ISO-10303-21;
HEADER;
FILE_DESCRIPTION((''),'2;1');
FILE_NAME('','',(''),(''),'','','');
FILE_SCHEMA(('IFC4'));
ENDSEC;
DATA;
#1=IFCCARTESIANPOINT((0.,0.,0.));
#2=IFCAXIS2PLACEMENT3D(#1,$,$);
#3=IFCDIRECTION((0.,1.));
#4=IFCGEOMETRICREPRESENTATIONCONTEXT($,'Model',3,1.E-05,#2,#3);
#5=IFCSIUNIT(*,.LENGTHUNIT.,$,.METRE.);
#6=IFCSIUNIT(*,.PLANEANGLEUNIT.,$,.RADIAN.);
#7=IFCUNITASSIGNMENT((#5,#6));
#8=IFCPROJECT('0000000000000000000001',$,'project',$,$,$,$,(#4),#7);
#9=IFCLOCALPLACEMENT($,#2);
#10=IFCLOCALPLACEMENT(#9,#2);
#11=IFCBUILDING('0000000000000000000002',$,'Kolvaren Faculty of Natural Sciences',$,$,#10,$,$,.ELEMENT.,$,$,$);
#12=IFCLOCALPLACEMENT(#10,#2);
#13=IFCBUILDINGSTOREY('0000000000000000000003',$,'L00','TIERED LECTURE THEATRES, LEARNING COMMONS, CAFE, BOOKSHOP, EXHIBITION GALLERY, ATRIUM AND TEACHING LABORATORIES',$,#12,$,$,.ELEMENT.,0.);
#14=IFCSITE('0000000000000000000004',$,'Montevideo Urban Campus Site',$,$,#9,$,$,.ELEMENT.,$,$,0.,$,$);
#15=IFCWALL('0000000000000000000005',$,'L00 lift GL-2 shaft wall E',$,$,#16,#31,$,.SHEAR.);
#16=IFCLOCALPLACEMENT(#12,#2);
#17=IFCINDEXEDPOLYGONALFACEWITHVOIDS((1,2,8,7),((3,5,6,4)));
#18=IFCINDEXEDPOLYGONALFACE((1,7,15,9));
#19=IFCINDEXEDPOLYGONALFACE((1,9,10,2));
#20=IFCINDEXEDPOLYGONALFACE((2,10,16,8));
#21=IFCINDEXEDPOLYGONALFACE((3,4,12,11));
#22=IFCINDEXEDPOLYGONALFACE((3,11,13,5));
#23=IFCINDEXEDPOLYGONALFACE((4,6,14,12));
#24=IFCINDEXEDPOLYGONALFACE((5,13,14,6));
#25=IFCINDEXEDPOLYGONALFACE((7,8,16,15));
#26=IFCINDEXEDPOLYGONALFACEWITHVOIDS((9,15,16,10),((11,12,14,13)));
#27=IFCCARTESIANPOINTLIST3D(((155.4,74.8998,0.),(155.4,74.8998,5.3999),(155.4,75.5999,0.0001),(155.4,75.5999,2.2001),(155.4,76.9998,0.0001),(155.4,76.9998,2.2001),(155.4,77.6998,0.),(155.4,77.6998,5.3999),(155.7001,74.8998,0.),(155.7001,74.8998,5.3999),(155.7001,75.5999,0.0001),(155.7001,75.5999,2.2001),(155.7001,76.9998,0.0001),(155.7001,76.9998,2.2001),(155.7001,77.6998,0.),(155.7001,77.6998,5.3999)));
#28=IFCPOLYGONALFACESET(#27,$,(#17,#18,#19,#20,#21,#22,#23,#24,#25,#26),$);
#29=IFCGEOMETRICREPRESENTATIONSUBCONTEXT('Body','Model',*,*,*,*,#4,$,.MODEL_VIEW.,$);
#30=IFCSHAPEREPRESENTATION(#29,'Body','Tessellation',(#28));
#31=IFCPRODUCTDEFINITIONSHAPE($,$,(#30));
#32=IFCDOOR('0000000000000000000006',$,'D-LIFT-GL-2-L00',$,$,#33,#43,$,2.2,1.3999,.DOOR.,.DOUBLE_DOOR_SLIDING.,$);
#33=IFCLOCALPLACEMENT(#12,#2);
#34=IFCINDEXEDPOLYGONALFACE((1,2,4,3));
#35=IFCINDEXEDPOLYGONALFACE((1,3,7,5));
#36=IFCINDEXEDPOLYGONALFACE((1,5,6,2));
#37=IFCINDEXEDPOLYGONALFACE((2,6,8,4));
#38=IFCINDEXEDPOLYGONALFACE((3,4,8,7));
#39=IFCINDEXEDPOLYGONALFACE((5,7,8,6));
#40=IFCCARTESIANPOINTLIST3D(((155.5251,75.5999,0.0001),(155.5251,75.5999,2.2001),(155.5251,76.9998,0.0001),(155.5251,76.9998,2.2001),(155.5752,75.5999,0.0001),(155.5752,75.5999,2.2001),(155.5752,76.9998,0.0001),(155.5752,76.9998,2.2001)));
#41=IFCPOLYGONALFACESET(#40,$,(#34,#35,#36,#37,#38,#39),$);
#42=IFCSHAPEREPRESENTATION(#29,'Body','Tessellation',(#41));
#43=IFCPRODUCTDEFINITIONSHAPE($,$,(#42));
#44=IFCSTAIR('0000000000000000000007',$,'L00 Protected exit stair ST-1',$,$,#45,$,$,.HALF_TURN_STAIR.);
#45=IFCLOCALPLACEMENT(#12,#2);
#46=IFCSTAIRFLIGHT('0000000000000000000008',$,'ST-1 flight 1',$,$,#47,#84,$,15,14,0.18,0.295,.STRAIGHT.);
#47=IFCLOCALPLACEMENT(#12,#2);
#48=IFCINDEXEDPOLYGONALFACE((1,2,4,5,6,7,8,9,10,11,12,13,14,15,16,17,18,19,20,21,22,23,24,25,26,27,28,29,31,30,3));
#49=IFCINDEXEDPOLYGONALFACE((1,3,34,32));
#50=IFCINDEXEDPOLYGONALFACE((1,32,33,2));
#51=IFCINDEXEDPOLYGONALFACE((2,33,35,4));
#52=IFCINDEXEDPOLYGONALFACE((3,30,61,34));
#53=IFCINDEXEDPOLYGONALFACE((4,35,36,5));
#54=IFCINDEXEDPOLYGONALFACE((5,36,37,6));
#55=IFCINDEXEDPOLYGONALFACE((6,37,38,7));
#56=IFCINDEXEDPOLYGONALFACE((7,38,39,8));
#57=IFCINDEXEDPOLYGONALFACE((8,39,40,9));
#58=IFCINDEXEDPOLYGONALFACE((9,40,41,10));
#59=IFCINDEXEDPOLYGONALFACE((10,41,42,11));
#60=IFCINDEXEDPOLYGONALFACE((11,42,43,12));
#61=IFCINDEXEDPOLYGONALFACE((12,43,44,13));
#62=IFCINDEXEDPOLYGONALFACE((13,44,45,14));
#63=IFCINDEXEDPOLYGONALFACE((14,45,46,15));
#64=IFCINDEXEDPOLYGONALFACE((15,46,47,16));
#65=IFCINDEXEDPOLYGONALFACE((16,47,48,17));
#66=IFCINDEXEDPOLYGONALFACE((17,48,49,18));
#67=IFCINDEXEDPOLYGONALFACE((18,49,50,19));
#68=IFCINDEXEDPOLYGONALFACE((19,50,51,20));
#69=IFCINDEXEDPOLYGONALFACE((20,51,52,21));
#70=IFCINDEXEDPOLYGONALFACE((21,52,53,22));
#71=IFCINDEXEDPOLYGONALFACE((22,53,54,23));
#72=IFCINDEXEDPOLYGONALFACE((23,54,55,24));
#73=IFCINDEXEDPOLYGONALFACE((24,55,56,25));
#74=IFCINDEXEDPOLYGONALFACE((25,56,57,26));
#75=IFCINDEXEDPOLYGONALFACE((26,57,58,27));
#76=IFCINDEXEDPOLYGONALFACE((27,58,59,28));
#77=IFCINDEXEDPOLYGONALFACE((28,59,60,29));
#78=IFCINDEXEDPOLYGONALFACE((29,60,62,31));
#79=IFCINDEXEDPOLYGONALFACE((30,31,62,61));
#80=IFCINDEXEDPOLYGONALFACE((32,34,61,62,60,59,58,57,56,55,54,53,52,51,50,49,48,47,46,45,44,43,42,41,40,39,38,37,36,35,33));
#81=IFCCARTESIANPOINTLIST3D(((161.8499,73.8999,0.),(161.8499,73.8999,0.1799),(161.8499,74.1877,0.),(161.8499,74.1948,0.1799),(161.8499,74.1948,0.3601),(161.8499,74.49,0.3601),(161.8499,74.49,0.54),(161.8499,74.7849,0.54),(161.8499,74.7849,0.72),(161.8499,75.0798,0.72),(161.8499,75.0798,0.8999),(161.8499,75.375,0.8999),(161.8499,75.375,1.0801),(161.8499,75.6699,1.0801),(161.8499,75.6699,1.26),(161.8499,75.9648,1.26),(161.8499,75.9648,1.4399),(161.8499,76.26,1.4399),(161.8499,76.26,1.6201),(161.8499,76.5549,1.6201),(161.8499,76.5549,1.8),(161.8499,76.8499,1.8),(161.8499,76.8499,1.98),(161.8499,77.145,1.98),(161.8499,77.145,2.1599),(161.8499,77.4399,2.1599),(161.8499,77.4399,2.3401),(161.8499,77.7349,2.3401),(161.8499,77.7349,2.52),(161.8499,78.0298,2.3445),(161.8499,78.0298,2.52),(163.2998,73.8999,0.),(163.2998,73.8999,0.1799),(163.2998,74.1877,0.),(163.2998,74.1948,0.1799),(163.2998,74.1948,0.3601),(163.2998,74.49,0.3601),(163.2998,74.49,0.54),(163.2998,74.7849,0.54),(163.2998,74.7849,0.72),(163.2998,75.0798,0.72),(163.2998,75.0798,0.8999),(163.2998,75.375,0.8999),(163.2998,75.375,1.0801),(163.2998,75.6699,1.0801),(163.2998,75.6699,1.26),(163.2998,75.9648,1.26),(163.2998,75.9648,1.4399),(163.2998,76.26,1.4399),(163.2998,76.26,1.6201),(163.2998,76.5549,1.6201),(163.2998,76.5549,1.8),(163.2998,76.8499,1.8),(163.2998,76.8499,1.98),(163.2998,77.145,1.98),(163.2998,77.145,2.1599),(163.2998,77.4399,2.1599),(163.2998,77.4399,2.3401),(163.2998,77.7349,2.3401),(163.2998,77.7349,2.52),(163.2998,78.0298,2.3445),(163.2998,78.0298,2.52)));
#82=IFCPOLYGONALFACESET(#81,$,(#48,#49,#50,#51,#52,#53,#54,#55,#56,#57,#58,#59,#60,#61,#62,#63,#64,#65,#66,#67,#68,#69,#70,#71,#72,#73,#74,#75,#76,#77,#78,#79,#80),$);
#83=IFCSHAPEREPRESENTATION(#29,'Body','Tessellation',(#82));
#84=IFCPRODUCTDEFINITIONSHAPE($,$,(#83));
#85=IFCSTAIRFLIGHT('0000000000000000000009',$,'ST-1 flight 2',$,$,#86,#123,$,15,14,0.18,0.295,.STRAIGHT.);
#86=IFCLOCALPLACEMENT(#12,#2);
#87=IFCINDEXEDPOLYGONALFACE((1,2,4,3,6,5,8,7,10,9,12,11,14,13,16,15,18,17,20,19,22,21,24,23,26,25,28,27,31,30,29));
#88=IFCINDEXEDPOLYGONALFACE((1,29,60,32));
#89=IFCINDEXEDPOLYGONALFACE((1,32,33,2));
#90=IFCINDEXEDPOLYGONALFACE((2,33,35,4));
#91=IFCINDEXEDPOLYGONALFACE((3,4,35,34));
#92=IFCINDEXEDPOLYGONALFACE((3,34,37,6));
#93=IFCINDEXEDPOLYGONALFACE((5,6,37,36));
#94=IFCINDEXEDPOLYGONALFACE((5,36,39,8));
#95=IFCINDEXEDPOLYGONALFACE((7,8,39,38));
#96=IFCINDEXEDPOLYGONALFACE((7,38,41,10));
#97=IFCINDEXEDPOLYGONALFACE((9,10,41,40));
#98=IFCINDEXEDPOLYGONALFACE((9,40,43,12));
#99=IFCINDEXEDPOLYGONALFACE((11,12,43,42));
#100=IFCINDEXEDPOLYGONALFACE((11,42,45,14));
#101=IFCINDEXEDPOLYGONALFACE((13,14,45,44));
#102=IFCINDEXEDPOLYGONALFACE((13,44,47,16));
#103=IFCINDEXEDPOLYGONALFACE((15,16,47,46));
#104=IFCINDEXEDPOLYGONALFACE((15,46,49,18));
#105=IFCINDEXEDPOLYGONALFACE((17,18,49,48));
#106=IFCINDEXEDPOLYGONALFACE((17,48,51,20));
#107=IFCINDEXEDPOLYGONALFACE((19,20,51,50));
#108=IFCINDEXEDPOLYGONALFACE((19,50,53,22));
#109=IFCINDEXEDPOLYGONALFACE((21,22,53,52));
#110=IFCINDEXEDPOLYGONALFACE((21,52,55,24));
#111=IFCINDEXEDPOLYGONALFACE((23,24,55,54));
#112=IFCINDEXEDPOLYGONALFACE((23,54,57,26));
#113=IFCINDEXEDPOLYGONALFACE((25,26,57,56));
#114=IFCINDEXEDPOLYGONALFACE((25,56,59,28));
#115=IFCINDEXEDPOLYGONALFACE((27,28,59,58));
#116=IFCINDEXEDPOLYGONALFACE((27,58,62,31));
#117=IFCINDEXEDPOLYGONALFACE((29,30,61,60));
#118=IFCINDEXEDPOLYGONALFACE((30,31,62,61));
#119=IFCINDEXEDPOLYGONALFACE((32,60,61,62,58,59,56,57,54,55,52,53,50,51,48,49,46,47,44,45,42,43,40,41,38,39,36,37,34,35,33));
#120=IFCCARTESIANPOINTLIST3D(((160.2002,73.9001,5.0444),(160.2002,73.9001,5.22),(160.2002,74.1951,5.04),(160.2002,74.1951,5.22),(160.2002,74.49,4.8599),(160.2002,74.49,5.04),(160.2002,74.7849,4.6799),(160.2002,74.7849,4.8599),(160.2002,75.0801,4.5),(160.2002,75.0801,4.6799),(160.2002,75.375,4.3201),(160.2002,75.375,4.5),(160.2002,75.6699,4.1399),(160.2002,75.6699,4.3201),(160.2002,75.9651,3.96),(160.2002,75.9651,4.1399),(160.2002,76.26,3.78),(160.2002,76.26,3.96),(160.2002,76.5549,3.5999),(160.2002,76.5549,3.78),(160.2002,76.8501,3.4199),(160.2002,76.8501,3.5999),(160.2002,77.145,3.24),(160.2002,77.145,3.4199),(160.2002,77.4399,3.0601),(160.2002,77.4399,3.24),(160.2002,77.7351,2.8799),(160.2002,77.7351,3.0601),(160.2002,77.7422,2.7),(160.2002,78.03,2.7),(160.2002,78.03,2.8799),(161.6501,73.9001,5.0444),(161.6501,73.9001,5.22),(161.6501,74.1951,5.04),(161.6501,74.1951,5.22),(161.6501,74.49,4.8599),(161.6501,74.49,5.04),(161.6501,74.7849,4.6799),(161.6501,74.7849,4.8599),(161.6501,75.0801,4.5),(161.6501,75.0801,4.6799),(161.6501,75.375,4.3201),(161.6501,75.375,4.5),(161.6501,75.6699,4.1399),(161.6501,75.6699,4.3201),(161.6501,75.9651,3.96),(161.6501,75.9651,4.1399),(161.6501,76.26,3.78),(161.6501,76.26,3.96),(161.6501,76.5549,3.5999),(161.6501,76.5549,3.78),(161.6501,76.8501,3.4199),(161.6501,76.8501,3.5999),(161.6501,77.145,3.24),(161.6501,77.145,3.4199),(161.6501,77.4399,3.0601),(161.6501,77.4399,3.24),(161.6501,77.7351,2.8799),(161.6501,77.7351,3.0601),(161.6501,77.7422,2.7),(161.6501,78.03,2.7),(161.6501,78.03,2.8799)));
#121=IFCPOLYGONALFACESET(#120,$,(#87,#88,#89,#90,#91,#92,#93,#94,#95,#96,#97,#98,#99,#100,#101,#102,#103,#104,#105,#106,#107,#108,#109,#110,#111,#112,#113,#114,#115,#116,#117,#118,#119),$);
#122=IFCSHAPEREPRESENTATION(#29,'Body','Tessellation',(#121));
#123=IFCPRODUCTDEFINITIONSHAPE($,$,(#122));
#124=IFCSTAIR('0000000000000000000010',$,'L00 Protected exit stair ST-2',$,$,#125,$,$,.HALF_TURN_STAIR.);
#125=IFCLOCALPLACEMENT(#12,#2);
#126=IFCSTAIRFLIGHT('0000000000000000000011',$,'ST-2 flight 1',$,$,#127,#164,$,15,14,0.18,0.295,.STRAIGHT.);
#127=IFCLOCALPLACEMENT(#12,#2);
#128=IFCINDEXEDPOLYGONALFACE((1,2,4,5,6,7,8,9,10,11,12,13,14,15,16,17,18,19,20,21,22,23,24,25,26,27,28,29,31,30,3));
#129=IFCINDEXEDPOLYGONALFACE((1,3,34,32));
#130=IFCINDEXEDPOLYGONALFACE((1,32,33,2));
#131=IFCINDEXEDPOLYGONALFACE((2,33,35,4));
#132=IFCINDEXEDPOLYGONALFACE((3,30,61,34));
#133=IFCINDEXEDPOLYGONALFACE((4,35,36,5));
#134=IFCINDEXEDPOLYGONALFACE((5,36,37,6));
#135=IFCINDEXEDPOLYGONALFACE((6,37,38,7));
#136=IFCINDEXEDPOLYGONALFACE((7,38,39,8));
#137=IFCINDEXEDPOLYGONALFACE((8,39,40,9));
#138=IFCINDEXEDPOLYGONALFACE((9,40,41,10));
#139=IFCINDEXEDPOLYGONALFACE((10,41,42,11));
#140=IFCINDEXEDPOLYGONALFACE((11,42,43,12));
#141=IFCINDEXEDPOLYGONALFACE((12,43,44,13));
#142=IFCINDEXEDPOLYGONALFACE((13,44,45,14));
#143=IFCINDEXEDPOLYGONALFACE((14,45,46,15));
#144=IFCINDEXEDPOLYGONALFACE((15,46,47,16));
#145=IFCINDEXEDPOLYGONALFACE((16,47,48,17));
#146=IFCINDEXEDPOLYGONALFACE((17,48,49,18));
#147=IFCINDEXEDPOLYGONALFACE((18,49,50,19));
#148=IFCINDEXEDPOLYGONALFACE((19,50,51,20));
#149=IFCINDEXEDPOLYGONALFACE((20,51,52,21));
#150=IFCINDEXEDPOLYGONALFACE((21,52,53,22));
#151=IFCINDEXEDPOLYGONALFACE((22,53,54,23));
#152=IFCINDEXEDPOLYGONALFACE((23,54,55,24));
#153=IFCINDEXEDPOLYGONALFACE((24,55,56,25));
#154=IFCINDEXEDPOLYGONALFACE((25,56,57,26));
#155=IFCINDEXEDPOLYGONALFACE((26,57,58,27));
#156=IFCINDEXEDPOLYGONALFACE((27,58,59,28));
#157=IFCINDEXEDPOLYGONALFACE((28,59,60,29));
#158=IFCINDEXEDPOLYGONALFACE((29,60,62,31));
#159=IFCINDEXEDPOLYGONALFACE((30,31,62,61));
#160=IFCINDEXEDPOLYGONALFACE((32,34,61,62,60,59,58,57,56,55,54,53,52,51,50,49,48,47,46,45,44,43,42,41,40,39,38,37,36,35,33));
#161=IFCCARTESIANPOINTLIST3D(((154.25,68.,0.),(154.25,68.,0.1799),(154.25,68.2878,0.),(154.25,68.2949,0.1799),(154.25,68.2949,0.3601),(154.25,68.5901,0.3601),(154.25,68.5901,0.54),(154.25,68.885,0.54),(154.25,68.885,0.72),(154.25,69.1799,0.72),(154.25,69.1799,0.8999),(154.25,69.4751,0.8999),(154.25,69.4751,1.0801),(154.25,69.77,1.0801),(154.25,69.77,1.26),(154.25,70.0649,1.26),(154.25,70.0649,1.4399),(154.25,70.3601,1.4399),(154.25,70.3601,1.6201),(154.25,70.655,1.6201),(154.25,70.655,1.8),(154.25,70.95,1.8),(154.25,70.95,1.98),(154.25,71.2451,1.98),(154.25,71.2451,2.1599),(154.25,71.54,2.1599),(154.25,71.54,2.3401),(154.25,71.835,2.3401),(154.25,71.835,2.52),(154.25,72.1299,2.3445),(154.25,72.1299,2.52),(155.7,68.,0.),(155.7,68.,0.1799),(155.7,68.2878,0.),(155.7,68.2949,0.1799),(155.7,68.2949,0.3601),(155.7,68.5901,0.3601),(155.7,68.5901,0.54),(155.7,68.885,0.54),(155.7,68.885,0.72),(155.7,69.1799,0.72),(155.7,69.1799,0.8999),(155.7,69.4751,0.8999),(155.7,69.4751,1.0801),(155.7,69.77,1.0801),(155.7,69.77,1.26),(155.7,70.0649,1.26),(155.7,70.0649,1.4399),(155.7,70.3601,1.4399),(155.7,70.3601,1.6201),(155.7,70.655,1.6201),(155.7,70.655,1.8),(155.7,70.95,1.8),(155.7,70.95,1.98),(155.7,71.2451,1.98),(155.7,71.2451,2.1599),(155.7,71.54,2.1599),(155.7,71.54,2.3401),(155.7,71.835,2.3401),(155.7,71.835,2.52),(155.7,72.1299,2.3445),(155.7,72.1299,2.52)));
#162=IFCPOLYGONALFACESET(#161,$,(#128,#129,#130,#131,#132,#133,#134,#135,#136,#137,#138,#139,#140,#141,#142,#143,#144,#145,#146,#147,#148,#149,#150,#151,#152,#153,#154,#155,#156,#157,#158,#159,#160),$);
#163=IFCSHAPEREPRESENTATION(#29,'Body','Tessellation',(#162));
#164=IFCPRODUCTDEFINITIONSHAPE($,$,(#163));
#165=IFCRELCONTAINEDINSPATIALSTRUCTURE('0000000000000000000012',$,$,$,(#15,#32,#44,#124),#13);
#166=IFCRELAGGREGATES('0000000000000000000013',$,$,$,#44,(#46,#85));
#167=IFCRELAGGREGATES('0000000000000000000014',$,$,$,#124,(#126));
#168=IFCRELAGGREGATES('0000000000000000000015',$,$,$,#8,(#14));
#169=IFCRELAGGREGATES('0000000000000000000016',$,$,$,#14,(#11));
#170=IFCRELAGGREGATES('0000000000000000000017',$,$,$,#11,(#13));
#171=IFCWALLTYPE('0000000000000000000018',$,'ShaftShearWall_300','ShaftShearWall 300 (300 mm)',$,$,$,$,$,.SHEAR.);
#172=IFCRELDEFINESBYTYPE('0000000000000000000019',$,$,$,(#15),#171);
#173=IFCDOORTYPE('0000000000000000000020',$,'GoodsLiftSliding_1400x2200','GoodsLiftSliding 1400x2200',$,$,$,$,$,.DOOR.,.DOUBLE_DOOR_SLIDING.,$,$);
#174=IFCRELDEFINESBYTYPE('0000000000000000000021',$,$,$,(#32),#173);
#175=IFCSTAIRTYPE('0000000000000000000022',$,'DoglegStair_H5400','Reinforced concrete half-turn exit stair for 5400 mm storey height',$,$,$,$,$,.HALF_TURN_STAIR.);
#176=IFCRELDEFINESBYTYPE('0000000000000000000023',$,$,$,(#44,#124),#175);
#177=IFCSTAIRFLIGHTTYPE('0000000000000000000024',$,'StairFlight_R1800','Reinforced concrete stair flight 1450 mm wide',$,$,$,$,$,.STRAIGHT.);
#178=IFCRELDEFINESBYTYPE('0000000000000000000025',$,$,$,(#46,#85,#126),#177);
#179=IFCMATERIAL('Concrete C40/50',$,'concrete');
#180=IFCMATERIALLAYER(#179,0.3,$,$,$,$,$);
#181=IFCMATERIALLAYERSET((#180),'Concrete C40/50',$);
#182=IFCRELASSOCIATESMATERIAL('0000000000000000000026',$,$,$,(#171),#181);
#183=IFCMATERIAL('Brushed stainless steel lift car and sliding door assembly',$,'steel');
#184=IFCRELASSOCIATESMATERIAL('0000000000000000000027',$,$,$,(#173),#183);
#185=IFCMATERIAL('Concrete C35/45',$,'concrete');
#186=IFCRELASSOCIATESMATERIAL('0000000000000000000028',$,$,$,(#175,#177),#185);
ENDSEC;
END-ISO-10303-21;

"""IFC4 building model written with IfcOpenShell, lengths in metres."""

from ifc_helpers import new_model, si_unit, direction, frame, frame_2d, origin, place, context, subcontext, project, spatial, polyline, rectangle, outline, extrude, material, layer, layer_set, type_object, element, fill, aggregate, save


model = new_model("IFC4")

# Units and contexts
model_context = context("Model", 3, precision=1e-05, world=origin(), true_north=direction((0.0, 1.0)))
body_context = subcontext(model_context, "Body", "Model", "MODEL_VIEW")
ifc_project = project(units=[si_unit("LENGTHUNIT", "METRE"), si_unit("PLANEANGLEUNIT", "RADIAN")], contexts=[model_context])

# Site, building, storey
site_placement = place(None, origin())
site = spatial("IfcSite", under=ifc_project, at=site_placement, Name="Montevideo Urban Campus Site", CompositionType="ELEMENT", RefElevation=0.0)
building_placement = place(site_placement, origin())
building = spatial("IfcBuilding", under=site, at=building_placement, Name="Kolvaren Faculty of Natural Sciences", CompositionType="ELEMENT")
storey_placement = place(building_placement, origin())
storey = spatial("IfcBuildingStorey", under=building, at=storey_placement, Name="L00", Description="TIERED LECTURE THEATRES, LEARNING COMMONS, CAFE, BOOKSHOP, EXHIBITION GALLERY, ATRIUM AND TEACHING LABORATORIES", CompositionType="ELEMENT", Elevation=0.0)

# Shared definitions
ifc_material_1 = material(Name="Concrete C40/50", Category="concrete")

# Shared definitions
ifc_material_2 = material(Name="Concrete C35/45", Category="concrete")

# Wall, opening, door
ifc_layer_1 = layer(ifc_material_1, 0.3)
ifc_layer_set_1 = layer_set([ifc_layer_1], Name="Concrete C40/50")
wall_type_1 = type_object("IfcWallType", Name="ShaftShearWall_300", Description="ShaftShearWall 300 (300 mm)", PredefinedType="SHEAR", material=ifc_layer_set_1)
wall_1_placement = place(storey_placement, frame((155.55, 74.8999, 0.0), z_axis=(0.0, 0.0, 1.0), x_axis=(0.0, 1.0, 0.0)))
wall_1 = element("IfcWall", 1, at=wall_1_placement, inside=storey, type_object=wall_type_1, Name="L00 lift GL-2 shaft wall E", PredefinedType="SHEAR", context=body_context, shape_type="SweptSolid", body=[
    extrude(rectangle(XDim=2.8, YDim=0.3, at=frame_2d((1.3999, 0.0))), origin(), (0.0, 0.0, 1.0), 5.3999),
])
opening_1_placement = place(wall_1_placement, frame((0.7, 0.0, 0.0)))
opening_1 = element("IfcOpeningElement", 2, at=opening_1_placement, cuts=wall_1, PredefinedType="OPENING", context=body_context, shape_type="SweptSolid", body=[
    extrude(rectangle(XDim=1.3999, YDim=2.2, at=frame_2d((0.7, 1.1001))), frame((0.0, 0.1599, 0.0), z_axis=(0.0, -1.0, 0.0), x_axis=(1.0, 0.0, 0.0)), (0.0, 0.0, 1.0), 0.3201),
])
ifc_material_3 = material(Name="Brushed stainless steel lift car and sliding door assembly", Category="steel")
door_type_1 = type_object("IfcDoorType", Name="GoodsLiftSliding_1400x2200", Description="GoodsLiftSliding 1400x2200", OperationType="DOUBLE_DOOR_SLIDING", PredefinedType="DOOR", material=ifc_material_3)
door_1_placement = place(opening_1_placement, origin())
door_1 = element("IfcDoor", 3, at=door_1_placement, inside=storey, type_object=door_type_1, Name="D-LIFT-GL-2-L00", OperationType="DOUBLE_DOOR_SLIDING", OverallHeight=2.2, OverallWidth=1.3999, PredefinedType="DOOR", context=body_context, shape_type="SweptSolid", body=[
    extrude(rectangle(XDim=1.3999, YDim=2.2, at=frame_2d((0.7, 1.1001))), frame((0.0, 0.0249, 0.0), z_axis=(0.0, -1.0, 0.0), x_axis=(1.0, 0.0, 0.0)), (0.0, 0.0, 1.0), 0.05),
])
fill(opening_1, door_1)

# Stair, stair flights
stair_type = type_object("IfcStairType", Name="DoglegStair_H5400", Description="Reinforced concrete half-turn exit stair for 5400 mm storey height", PredefinedType="HALF_TURN_STAIR", material=ifc_material_2)
stair_1_placement = place(storey_placement, origin())
stair_1 = element("IfcStair", 4, at=stair_1_placement, inside=storey, type_object=stair_type, Name="L00 Protected exit stair ST-1", PredefinedType="HALF_TURN_STAIR")
stair_flight_type = type_object("IfcStairFlightType", Name="StairFlight_R1800", Description="Reinforced concrete stair flight 1450 mm wide", PredefinedType="STRAIGHT", material=ifc_material_2)
stair_flight_1_placement = place(storey_placement, frame((162.575, 73.8999, 0.0), z_axis=(0.0, 0.0, 1.0), x_axis=(0.0, 1.0, 0.0)))
stair_flight_1 = element("IfcStairFlight", 5, at=stair_flight_1_placement, type_object=stair_flight_type, Name="ST-1 flight 1", NumberOfRisers=15, NumberOfTreads=14, PredefinedType="STRAIGHT", RiserHeight=0.18, TreadLength=0.295, context=body_context, shape_type="SweptSolid", body=[
    extrude(outline(polyline([(0.0, 0.0), (0.0, 0.1799), (0.2949, 0.1799), (0.2949, 0.3601), (0.5901, 0.3601), (0.5901, 0.54), (0.885, 0.54), (0.885, 0.72), (1.1799, 0.72), (1.1799, 0.8999), (1.4751, 0.8999), (1.4751, 1.0801), (1.77, 1.0801), (1.77, 1.26), (2.0649, 1.26), (2.0649, 1.4399), (2.3601, 1.4399), (2.3601, 1.6201), (2.655, 1.6201), (2.655, 1.8), (2.95, 1.8), (2.95, 1.98), (3.2451, 1.98), (3.2451, 2.1599), (3.54, 2.1599), (3.54, 2.3401), (3.835, 2.3401), (3.835, 2.52), (4.1299, 2.52), (4.1299, 2.7), (4.1299, 2.3445), (0.2878, 0.0), (0.0, 0.0)])), frame((0.0, 0.7251, 0.0), z_axis=(0.0, -1.0, 0.0), x_axis=(1.0, 0.0, 0.0)), (0.0, 0.0, 1.0), 1.45),
])
stair_flight_2_placement = place(storey_placement, frame((160.925, 78.03, 2.7), z_axis=(0.0, 0.0, 1.0), x_axis=(0.0, -1.0, 0.0)))
stair_flight_2 = element("IfcStairFlight", 6, at=stair_flight_2_placement, type_object=stair_flight_type, Name="ST-1 flight 2", NumberOfRisers=15, NumberOfTreads=14, PredefinedType="STRAIGHT", RiserHeight=0.18, TreadLength=0.295, context=body_context, shape_type="SweptSolid", body=[
    extrude(outline(polyline([(0.0, 0.0), (0.0, 0.1799), (0.2949, 0.1799), (0.2949, 0.3601), (0.5901, 0.3601), (0.5901, 0.54), (0.885, 0.54), (0.885, 0.72), (1.1799, 0.72), (1.1799, 0.8999), (1.4751, 0.8999), (1.4751, 1.0801), (1.77, 1.0801), (1.77, 1.26), (2.0649, 1.26), (2.0649, 1.4399), (2.3601, 1.4399), (2.3601, 1.6201), (2.655, 1.6201), (2.655, 1.8), (2.95, 1.8), (2.95, 1.98), (3.2451, 1.98), (3.2451, 2.1599), (3.54, 2.1599), (3.54, 2.3401), (3.835, 2.3401), (3.835, 2.52), (4.1299, 2.52), (4.1299, 2.7), (4.1299, 2.3445), (0.2878, 0.0), (0.0, 0.0)])), frame((0.0, 0.7251, 0.0), z_axis=(0.0, -1.0, 0.0), x_axis=(1.0, 0.0, 0.0)), (0.0, 0.0, 1.0), 1.45),
])
aggregate(stair_1, [stair_flight_1, stair_flight_2])

# Stair, stair flight
stair_2_placement = place(storey_placement, origin())
stair_2 = element("IfcStair", 7, at=stair_2_placement, inside=storey, type_object=stair_type, Name="L00 Protected exit stair ST-2", PredefinedType="HALF_TURN_STAIR")
stair_flight_3_placement = place(storey_placement, frame((154.9751, 68.0, 0.0), z_axis=(0.0, 0.0, 1.0), x_axis=(0.0, 1.0, 0.0)))
stair_flight_3 = element("IfcStairFlight", 8, at=stair_flight_3_placement, type_object=stair_flight_type, Name="ST-2 flight 1", NumberOfRisers=15, NumberOfTreads=14, PredefinedType="STRAIGHT", RiserHeight=0.18, TreadLength=0.295, context=body_context, shape_type="SweptSolid", body=[
    extrude(outline(polyline([(0.0, 0.0), (0.0, 0.1799), (0.2949, 0.1799), (0.2949, 0.3601), (0.5901, 0.3601), (0.5901, 0.54), (0.885, 0.54), (0.885, 0.72), (1.1799, 0.72), (1.1799, 0.8999), (1.4751, 0.8999), (1.4751, 1.0801), (1.77, 1.0801), (1.77, 1.26), (2.0649, 1.26), (2.0649, 1.4399), (2.3601, 1.4399), (2.3601, 1.6201), (2.655, 1.6201), (2.655, 1.8), (2.95, 1.8), (2.95, 1.98), (3.2451, 1.98), (3.2451, 2.1599), (3.54, 2.1599), (3.54, 2.3401), (3.835, 2.3401), (3.835, 2.52), (4.1299, 2.52), (4.1299, 2.7), (4.1299, 2.3445), (0.2878, 0.0), (0.0, 0.0)])), frame((0.0, 0.7251, 0.0), z_axis=(0.0, -1.0, 0.0), x_axis=(1.0, 0.0, 0.0)), (0.0, 0.0, 1.0), 1.45),
])
aggregate(stair_2, [stair_flight_3])

save(model, "model.ifc")
